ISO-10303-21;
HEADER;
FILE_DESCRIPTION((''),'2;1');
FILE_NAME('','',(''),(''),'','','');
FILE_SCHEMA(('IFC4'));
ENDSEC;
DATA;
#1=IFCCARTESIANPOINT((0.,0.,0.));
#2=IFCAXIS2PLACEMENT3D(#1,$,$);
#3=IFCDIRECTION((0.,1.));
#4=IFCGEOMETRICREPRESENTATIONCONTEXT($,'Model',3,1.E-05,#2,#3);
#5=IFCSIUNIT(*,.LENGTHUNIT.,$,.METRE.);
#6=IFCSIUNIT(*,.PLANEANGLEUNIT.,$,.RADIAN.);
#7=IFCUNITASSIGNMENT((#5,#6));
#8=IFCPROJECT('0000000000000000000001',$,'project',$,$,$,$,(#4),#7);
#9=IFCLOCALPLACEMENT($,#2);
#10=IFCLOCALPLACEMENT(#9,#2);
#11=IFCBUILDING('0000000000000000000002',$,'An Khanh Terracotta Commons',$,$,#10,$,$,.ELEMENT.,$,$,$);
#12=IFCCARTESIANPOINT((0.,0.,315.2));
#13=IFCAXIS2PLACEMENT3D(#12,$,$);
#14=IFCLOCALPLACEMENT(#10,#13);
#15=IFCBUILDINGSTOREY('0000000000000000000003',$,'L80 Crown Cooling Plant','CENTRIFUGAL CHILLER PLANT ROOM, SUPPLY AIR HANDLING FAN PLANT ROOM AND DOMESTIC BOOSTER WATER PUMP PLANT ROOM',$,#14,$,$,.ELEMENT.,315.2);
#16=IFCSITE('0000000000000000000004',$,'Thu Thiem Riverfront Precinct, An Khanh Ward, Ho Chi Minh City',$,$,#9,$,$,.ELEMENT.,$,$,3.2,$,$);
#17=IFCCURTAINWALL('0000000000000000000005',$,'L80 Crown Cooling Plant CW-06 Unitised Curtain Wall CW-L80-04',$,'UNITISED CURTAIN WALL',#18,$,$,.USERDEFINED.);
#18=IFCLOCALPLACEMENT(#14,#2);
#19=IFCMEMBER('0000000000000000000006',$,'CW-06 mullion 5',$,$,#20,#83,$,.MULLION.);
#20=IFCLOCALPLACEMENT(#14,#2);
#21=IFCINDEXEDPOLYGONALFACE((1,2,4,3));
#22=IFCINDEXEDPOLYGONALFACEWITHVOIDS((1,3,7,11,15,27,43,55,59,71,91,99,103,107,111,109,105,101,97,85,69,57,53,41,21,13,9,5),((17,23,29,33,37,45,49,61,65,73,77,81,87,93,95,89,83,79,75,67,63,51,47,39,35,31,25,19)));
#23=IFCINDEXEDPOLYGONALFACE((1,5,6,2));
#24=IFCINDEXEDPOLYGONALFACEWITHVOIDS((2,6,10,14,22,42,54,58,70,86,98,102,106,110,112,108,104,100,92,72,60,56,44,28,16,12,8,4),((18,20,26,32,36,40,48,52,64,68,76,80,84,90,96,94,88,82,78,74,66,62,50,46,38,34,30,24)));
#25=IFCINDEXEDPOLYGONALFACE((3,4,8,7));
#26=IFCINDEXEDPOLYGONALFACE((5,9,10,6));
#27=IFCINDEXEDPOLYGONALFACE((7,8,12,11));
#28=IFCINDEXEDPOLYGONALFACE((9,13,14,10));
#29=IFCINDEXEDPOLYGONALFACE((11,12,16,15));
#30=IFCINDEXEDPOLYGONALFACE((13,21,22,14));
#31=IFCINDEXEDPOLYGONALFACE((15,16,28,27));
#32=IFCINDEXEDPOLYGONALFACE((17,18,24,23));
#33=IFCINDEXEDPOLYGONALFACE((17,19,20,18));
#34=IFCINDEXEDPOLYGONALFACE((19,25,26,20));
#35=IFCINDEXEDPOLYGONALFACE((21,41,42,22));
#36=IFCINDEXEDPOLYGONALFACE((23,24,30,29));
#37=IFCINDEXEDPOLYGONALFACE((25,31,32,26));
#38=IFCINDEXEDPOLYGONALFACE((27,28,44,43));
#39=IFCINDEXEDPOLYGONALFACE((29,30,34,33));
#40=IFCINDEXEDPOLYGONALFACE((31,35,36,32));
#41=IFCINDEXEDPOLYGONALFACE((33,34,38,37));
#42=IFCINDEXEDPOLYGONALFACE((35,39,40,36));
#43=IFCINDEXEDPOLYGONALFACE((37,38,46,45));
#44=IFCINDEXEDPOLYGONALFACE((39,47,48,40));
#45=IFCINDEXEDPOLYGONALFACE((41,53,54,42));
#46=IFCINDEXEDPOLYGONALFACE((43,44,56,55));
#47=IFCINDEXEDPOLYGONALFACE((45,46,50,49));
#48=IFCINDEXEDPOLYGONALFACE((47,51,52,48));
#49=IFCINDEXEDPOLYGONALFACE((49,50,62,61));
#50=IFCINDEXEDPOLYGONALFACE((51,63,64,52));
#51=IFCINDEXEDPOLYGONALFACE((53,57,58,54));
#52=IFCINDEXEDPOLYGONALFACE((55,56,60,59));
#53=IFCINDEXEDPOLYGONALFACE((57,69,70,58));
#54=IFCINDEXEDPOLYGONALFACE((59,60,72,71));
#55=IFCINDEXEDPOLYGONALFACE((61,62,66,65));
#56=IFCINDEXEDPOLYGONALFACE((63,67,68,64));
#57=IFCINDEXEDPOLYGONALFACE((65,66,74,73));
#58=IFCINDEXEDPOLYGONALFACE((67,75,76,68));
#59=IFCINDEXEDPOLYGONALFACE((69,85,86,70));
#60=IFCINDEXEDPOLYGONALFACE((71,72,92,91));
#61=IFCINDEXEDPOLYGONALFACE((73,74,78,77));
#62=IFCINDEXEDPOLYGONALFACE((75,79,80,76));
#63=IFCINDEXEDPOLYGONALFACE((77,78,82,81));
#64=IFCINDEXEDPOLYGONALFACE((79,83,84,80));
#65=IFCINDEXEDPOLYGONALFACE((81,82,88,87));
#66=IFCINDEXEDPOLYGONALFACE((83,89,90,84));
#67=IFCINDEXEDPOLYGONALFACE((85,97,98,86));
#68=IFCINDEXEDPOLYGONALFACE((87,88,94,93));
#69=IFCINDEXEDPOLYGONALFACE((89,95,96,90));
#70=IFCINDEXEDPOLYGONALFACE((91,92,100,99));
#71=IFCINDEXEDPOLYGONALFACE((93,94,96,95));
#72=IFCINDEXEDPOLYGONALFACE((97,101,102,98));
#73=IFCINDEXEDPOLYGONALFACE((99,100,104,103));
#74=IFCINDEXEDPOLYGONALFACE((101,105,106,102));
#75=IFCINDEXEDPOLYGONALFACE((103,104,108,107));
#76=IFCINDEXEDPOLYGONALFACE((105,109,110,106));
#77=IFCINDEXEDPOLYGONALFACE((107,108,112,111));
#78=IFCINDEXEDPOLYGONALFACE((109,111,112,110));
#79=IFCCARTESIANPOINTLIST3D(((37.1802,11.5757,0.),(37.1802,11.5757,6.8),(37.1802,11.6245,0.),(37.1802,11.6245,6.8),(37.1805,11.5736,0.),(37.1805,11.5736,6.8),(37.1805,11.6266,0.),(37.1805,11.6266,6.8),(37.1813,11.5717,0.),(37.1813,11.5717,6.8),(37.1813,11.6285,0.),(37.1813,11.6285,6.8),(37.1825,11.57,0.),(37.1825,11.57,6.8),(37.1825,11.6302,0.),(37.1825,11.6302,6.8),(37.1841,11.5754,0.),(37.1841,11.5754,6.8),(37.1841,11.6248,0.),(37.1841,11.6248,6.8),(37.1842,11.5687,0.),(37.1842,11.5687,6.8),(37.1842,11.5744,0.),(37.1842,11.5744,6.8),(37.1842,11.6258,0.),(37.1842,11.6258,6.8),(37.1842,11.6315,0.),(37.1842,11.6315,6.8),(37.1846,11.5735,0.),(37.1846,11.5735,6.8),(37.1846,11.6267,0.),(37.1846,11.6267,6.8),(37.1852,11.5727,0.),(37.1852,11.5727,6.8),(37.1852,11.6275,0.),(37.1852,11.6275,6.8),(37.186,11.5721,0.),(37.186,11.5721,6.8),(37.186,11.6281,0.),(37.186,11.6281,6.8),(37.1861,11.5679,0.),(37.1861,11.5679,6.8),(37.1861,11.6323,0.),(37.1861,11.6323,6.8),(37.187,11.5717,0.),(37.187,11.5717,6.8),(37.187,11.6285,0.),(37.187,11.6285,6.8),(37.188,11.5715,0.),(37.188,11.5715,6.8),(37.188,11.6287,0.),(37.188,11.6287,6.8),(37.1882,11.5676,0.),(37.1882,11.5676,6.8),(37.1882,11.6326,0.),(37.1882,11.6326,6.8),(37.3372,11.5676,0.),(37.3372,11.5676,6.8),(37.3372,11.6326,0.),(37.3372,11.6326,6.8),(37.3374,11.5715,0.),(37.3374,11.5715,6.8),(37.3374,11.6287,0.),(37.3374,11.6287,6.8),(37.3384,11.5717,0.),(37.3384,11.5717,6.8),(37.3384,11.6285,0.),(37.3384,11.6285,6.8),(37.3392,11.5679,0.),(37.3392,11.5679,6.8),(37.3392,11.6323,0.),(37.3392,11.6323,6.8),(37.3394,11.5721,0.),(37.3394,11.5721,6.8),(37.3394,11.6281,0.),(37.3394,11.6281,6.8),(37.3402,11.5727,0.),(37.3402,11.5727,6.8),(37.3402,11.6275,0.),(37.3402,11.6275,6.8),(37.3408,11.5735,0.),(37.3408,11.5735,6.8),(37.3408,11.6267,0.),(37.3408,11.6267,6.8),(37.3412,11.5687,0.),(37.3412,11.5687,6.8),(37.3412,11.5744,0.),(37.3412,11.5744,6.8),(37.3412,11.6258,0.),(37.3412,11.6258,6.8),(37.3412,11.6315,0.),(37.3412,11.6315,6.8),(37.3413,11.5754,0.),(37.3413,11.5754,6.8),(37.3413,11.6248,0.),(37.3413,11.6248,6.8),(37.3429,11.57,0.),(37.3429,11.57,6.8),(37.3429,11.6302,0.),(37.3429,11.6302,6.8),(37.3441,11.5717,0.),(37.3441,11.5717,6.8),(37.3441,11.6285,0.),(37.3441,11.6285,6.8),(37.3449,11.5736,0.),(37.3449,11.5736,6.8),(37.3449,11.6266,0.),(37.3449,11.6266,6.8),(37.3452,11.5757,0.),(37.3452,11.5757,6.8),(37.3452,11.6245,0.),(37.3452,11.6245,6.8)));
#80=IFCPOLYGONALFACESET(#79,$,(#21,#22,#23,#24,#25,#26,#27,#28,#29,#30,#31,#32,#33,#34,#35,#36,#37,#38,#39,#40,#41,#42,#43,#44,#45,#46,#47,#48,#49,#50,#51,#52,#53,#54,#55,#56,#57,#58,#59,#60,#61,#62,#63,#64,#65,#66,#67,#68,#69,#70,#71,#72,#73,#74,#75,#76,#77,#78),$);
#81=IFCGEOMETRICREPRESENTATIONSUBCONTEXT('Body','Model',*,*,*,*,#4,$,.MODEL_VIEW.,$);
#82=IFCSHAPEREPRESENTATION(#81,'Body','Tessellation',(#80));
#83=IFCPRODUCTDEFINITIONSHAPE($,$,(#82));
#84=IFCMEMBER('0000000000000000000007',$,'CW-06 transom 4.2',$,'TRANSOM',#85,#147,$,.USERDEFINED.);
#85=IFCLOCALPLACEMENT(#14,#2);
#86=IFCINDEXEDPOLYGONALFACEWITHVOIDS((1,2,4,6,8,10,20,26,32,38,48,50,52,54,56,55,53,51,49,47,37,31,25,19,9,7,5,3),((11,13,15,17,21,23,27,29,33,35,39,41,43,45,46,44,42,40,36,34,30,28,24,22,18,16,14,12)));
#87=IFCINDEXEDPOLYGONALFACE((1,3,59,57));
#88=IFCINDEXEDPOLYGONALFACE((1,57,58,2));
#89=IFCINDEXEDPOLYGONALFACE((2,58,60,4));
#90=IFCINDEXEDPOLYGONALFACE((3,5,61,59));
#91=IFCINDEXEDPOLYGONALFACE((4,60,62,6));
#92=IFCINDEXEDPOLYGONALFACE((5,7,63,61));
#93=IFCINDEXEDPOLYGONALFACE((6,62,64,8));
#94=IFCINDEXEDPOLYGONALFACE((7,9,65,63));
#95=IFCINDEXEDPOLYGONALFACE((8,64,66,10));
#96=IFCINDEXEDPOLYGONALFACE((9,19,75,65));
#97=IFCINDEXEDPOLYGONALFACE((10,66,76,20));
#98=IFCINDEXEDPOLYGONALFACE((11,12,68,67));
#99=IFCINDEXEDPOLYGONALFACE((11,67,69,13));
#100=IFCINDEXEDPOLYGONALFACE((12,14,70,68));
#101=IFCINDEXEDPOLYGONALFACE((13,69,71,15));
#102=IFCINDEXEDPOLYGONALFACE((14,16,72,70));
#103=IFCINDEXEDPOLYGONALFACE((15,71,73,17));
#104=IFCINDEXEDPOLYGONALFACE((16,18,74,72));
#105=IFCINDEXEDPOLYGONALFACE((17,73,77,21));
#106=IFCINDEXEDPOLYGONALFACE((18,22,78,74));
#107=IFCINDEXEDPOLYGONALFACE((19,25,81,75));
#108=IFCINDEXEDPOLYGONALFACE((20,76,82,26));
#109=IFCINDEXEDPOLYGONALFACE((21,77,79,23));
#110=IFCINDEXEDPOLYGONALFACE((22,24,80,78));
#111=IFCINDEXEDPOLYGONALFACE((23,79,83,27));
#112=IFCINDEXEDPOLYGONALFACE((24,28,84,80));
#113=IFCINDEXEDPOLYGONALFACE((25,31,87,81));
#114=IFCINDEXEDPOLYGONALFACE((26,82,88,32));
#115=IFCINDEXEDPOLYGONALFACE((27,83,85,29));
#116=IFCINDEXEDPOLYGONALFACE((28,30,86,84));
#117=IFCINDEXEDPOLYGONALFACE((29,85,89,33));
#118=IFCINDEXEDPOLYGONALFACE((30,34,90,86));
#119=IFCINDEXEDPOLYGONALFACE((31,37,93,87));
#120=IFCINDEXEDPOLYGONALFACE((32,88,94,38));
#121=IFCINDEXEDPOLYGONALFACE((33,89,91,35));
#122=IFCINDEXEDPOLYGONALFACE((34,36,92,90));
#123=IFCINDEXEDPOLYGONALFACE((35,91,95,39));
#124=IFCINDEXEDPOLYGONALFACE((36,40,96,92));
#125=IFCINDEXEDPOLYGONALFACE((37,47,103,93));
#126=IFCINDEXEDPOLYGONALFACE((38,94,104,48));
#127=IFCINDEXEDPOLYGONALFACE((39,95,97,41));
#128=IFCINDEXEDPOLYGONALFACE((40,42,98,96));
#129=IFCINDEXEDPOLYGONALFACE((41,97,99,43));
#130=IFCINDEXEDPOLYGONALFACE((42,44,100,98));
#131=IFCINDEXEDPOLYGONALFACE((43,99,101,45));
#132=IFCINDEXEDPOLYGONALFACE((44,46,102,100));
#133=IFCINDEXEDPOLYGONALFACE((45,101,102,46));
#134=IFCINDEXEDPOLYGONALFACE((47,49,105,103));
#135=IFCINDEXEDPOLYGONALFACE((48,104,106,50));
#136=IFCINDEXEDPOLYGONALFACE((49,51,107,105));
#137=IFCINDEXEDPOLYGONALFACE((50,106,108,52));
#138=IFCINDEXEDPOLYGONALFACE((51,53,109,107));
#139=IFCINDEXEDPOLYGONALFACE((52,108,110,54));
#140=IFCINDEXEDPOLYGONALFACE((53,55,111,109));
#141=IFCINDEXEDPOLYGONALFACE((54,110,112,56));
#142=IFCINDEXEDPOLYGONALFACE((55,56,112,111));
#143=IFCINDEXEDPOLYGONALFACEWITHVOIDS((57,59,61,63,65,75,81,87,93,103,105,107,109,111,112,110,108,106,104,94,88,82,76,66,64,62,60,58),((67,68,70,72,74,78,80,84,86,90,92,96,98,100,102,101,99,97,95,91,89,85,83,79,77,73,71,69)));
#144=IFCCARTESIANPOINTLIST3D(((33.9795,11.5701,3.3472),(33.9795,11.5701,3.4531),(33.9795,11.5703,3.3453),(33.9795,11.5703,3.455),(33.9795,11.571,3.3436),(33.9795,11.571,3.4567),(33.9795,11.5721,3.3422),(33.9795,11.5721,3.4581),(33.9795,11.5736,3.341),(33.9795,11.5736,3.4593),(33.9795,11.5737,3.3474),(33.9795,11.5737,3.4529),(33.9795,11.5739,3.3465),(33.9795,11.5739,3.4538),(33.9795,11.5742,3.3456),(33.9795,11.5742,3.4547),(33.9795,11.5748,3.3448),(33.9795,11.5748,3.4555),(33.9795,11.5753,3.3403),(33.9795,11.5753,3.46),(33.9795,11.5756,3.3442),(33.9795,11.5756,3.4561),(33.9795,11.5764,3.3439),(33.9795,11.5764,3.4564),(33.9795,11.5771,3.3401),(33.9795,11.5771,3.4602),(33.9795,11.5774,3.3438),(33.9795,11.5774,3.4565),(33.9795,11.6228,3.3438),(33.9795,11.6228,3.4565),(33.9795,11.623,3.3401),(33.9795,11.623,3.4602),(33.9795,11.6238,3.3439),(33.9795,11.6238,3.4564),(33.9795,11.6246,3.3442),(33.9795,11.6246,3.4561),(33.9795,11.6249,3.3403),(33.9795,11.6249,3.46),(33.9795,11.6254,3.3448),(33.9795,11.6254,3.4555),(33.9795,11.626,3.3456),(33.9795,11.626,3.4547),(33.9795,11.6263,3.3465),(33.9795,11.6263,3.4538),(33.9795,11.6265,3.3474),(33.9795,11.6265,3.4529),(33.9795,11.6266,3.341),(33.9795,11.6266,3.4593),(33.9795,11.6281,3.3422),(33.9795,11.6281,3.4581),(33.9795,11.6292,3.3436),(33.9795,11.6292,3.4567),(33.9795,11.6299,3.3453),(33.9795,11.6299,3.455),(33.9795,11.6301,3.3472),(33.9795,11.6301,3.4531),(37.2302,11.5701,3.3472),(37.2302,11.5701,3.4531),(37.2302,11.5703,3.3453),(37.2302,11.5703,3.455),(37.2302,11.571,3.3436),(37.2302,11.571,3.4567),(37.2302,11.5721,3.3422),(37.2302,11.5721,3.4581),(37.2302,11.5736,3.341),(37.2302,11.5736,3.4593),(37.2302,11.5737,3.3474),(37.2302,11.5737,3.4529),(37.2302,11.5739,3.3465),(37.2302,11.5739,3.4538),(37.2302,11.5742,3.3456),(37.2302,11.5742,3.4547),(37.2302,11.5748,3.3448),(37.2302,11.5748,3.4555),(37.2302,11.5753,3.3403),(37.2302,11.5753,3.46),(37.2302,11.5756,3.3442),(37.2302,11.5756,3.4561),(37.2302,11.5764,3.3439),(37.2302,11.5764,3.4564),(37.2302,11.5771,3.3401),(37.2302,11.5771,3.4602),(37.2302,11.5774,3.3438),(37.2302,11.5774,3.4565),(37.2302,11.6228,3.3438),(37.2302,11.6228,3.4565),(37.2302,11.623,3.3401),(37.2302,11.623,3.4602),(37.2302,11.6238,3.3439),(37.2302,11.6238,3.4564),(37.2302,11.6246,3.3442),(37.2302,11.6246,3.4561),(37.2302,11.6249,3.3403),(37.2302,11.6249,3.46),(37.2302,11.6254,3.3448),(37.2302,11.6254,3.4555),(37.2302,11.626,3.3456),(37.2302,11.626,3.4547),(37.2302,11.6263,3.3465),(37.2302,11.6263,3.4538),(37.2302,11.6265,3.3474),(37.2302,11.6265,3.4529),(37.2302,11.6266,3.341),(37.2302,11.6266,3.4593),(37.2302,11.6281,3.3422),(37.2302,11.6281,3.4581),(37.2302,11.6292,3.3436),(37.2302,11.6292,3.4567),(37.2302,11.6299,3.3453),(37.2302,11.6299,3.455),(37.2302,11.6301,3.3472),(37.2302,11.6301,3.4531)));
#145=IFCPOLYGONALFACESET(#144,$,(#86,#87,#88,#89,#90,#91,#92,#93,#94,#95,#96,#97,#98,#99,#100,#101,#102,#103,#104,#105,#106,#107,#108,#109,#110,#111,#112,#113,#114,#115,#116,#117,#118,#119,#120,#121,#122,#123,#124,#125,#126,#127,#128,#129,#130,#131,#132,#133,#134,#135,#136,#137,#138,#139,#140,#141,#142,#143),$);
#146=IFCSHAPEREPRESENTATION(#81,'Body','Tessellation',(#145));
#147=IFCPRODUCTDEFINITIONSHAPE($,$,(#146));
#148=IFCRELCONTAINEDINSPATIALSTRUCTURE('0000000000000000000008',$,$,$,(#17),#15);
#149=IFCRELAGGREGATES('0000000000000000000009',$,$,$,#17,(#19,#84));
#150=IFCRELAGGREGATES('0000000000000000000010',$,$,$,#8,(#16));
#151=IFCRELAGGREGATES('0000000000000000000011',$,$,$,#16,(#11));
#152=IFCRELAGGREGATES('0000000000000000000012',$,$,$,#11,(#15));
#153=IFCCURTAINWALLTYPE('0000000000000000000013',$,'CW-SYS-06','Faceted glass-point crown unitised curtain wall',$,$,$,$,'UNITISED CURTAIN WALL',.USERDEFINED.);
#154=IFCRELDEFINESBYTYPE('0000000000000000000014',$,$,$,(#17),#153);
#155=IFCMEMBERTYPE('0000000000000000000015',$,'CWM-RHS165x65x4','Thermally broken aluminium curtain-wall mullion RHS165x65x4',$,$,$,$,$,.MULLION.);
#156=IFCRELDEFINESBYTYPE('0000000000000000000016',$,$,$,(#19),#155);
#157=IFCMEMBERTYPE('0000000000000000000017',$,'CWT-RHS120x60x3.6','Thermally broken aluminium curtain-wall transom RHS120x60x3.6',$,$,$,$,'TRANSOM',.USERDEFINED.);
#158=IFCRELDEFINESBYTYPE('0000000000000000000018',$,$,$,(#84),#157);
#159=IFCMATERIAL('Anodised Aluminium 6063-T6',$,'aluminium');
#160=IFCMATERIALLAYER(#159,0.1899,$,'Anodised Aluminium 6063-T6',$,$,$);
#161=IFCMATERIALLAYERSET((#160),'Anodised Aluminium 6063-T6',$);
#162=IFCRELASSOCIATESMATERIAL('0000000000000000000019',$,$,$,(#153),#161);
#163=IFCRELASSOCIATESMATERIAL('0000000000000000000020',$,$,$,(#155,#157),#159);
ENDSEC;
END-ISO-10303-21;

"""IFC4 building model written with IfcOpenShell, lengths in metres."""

from ifc_helpers import new_model, si_unit, direction, frame, origin, origin_2d, place, context, subcontext, project, spatial, hollow_rectangle, extrude, material, layer, layer_set, material_profile, profile_set, type_object, element, aggregate, save


model = new_model("IFC4")

# Units and contexts
model_context = context("Model", 3, precision=1e-05, world=origin(), true_north=direction((0.0, 1.0)))
body_context = subcontext(model_context, "Body", "Model", "MODEL_VIEW")
ifc_project = project(units=[si_unit("LENGTHUNIT", "METRE"), si_unit("PLANEANGLEUNIT", "RADIAN")], contexts=[model_context])

# Site, building, storey
site_placement = place(None, origin())
site = spatial("IfcSite", under=ifc_project, at=site_placement, Name="Thu Thiem Riverfront Precinct, An Khanh Ward, Ho Chi Minh City", CompositionType="ELEMENT", RefElevation=3.2)
building_placement = place(site_placement, origin())
building = spatial("IfcBuilding", under=site, at=building_placement, Name="An Khanh Terracotta Commons", CompositionType="ELEMENT")
storey_placement = place(building_placement, frame((0.0, 0.0, 315.2)))
storey = spatial("IfcBuildingStorey", under=building, at=storey_placement, Name="L80 Crown Cooling Plant", Description="CENTRIFUGAL CHILLER PLANT ROOM, SUPPLY AIR HANDLING FAN PLANT ROOM AND DOMESTIC BOOSTER WATER PUMP PLANT ROOM", CompositionType="ELEMENT", Elevation=315.2)

# Curtain wall, members
ifc_material_1 = material(Name="Anodised Aluminium 6063-T6", Category="aluminium")
ifc_layer_1 = layer(ifc_material_1, 0.1899, Name="Anodised Aluminium 6063-T6")
ifc_layer_set_1 = layer_set([ifc_layer_1], Name="Anodised Aluminium 6063-T6")
curtain_wall_type = type_object("IfcCurtainWallType", Name="CW-SYS-06", Description="Faceted glass-point crown unitised curtain wall", ElementType="UNITISED CURTAIN WALL", PredefinedType="USERDEFINED", material=ifc_layer_set_1)
curtain_wall_placement = place(storey_placement, origin())
curtain_wall = element("IfcCurtainWall", 1, at=curtain_wall_placement, inside=storey, type_object=curtain_wall_type, Name="L80 Crown Cooling Plant CW-06 Unitised Curtain Wall CW-L80-04", ObjectType="UNITISED CURTAIN WALL", PredefinedType="USERDEFINED")
ifc_material_profile_1 = material_profile(ifc_material_1, hollow_rectangle(XDim=0.0649, YDim=0.165, WallThickness=0.0039, InnerFilletRadius=0.0039, OuterFilletRadius=0.0081, at=origin_2d()), Name="RHS165x65x4")
ifc_profile_set_1 = profile_set([ifc_material_profile_1], Name="Anodised Aluminium 6063-T6")
member_type_1 = type_object("IfcMemberType", Name="CWM-RHS165x65x4", Description="Thermally broken aluminium curtain-wall mullion RHS165x65x4", PredefinedType="MULLION", material=ifc_profile_set_1)
member_1_placement = place(storey_placement, frame((37.2627, 11.6001, 0.0), z_axis=(0.0, 0.0, 1.0), x_axis=(0.0, 1.0, 0.0)))
member_1 = element("IfcMember", 2, at=member_1_placement, type_object=member_type_1, Name="CW-06 mullion 5", PredefinedType="MULLION", context=body_context, shape_type="SweptSolid", body=[
    extrude(hollow_rectangle(XDim=0.0649, YDim=0.165, WallThickness=0.0039, InnerFilletRadius=0.0039, OuterFilletRadius=0.0081, at=origin_2d()), origin(), (0.0, 0.0, 1.0), 6.8),
])
ifc_material_profile_2 = material_profile(ifc_material_1, hollow_rectangle(XDim=0.0601, YDim=0.1201, WallThickness=0.0037, InnerFilletRadius=0.0037, OuterFilletRadius=0.0071, at=origin_2d()), Name="RHS120x60x3.6")
ifc_profile_set_2 = profile_set([ifc_material_profile_2], Name="Anodised Aluminium 6063-T6")
member_type_2 = type_object("IfcMemberType", Name="CWT-RHS120x60x3.6", Description="Thermally broken aluminium curtain-wall transom RHS120x60x3.6", ElementType="TRANSOM", PredefinedType="USERDEFINED", material=ifc_profile_set_2)
member_2_placement = place(storey_placement, frame((33.9795, 11.6001, 3.4001), z_axis=(1.0, 0.0, 0.0), x_axis=(0.0, 1.0, 0.0)))
member_2 = element("IfcMember", 3, at=member_2_placement, type_object=member_type_2, Name="CW-06 transom 4.2", ObjectType="TRANSOM", PredefinedType="USERDEFINED", context=body_context, shape_type="SweptSolid", body=[
    extrude(hollow_rectangle(XDim=0.0601, YDim=0.1201, WallThickness=0.0037, InnerFilletRadius=0.0037, OuterFilletRadius=0.0071, at=origin_2d()), origin(), (0.0, 0.0, 1.0), 3.2507),
])
aggregate(curtain_wall, [member_1, member_2])

save(model, "model.ifc")
